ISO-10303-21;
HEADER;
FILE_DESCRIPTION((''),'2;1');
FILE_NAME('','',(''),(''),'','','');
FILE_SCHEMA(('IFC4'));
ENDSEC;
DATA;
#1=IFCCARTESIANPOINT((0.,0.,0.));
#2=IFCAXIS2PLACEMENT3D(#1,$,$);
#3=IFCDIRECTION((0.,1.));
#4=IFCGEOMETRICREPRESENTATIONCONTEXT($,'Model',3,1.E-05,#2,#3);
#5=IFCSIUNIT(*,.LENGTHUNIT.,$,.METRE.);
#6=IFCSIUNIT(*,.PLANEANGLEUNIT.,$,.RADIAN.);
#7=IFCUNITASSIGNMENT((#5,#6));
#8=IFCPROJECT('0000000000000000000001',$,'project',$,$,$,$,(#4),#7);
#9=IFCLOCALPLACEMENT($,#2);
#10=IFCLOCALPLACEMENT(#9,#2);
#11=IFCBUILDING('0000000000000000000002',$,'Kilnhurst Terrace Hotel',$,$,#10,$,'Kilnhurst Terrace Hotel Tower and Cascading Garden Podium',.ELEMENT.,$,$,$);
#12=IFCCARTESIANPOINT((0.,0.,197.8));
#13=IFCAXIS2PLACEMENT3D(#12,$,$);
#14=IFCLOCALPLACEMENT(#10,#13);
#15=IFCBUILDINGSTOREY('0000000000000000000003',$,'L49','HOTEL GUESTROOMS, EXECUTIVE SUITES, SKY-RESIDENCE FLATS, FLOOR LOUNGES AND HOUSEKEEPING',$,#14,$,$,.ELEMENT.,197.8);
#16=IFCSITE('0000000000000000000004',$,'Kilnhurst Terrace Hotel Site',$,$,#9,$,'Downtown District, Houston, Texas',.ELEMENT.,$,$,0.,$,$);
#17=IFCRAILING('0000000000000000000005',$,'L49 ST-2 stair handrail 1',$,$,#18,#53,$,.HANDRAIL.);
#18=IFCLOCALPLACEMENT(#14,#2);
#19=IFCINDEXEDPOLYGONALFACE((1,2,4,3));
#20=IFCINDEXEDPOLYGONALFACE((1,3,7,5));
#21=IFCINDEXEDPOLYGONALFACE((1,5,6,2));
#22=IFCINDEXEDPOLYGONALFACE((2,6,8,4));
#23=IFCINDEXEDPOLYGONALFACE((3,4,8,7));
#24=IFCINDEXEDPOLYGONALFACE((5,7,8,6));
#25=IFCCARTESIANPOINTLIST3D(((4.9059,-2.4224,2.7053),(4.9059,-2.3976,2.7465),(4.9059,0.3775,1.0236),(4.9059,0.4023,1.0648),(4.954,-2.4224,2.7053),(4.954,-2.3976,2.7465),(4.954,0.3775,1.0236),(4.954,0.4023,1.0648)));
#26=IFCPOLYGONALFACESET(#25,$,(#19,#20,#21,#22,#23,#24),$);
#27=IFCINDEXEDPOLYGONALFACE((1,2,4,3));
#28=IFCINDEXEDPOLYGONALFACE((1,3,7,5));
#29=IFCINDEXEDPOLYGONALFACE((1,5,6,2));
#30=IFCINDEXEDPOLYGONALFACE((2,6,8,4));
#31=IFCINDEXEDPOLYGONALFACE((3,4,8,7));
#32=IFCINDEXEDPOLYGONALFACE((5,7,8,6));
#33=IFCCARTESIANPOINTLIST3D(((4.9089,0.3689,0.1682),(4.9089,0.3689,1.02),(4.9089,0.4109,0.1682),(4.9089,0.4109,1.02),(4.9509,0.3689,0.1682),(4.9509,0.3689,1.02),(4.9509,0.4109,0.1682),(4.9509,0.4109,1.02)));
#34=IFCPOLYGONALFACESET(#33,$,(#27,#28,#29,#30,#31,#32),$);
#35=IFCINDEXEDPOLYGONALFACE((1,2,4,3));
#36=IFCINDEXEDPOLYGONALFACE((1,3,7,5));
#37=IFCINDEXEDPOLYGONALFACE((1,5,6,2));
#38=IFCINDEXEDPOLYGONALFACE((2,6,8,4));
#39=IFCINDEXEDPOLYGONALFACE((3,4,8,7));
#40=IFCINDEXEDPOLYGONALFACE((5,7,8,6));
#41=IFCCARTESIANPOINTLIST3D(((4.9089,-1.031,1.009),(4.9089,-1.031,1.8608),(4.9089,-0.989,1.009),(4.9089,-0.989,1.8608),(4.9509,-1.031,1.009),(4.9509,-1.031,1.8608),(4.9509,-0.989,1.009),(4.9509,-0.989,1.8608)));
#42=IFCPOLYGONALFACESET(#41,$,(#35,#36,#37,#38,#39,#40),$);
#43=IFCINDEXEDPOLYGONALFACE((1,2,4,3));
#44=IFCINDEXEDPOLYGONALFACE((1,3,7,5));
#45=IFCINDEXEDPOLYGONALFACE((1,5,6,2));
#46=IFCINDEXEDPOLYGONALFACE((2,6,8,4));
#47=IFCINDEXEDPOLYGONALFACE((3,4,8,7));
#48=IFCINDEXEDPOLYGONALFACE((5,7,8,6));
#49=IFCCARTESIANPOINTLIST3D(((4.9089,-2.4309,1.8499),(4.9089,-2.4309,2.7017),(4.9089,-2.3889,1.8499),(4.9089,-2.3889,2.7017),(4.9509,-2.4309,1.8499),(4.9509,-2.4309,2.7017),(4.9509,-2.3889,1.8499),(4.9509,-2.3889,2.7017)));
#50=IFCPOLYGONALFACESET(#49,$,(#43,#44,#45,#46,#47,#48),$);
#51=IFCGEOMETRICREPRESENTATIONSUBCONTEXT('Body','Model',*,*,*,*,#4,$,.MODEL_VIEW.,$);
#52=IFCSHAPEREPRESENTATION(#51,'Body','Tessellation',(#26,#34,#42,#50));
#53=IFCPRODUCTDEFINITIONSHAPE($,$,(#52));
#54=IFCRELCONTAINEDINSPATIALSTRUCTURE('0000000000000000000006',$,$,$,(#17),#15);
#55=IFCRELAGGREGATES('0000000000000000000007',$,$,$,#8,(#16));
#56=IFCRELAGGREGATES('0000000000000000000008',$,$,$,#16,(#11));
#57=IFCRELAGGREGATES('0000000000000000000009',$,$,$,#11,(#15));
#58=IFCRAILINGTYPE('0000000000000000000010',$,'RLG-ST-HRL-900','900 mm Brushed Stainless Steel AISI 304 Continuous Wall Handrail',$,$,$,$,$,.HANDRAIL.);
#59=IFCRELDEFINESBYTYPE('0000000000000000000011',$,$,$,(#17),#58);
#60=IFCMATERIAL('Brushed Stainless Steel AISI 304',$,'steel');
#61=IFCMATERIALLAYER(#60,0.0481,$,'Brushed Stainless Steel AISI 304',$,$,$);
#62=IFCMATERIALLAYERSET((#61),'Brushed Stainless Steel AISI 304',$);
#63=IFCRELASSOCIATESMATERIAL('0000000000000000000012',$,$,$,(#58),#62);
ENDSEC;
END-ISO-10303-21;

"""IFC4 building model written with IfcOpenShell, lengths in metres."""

from ifc_helpers import new_model, si_unit, direction, frame, origin, origin_2d, place, context, subcontext, project, spatial, rectangle, extrude, material, layer, layer_set, type_object, element, save


model = new_model("IFC4")

# Units and contexts
model_context = context("Model", 3, precision=1e-05, world=origin(), true_north=direction((0.0, 1.0)))
body_context = subcontext(model_context, "Body", "Model", "MODEL_VIEW")
ifc_project = project(units=[si_unit("LENGTHUNIT", "METRE"), si_unit("PLANEANGLEUNIT", "RADIAN")], contexts=[model_context])

# Site, building, storey
site_placement = place(None, origin())
site = spatial("IfcSite", under=ifc_project, at=site_placement, Name="Kilnhurst Terrace Hotel Site", LongName="Downtown District, Houston, Texas", CompositionType="ELEMENT", RefElevation=0.0)
building_placement = place(site_placement, origin())
building = spatial("IfcBuilding", under=site, at=building_placement, Name="Kilnhurst Terrace Hotel", LongName="Kilnhurst Terrace Hotel Tower and Cascading Garden Podium", CompositionType="ELEMENT")
storey_placement = place(building_placement, frame((0.0, 0.0, 197.8)))
storey = spatial("IfcBuildingStorey", under=building, at=storey_placement, Name="L49", Description="HOTEL GUESTROOMS, EXECUTIVE SUITES, SKY-RESIDENCE FLATS, FLOOR LOUNGES AND HOUSEKEEPING", CompositionType="ELEMENT", Elevation=197.8)

# Railing
ifc_material_1 = material(Name="Brushed Stainless Steel AISI 304", Category="steel")
ifc_layer_1 = layer(ifc_material_1, 0.0481, Name="Brushed Stainless Steel AISI 304")
ifc_layer_set_1 = layer_set([ifc_layer_1], Name="Brushed Stainless Steel AISI 304")
railing_type_1 = type_object("IfcRailingType", Name="RLG-ST-HRL-900", Description="900 mm Brushed Stainless Steel AISI 304 Continuous Wall Handrail", PredefinedType="HANDRAIL", material=ifc_layer_set_1)
railing_1_placement = place(storey_placement, frame((4.9299, 0.3899, 0.1682)))
element("IfcRailing", 1, at=railing_1_placement, inside=storey, type_object=railing_type_1, Name="L49 ST-2 stair handrail 1", PredefinedType="HANDRAIL", context=body_context, shape_type="SweptSolid", body=[
    extrude(rectangle(XDim=0.0481, YDim=0.0481, at=origin_2d()), frame((0.0, 0.0, 0.876), z_axis=(0.0, -0.857255, 0.514891), x_axis=(1.0, 0.0, 0.0)), (0.0, 0.0, 1.0), 3.2661),
    extrude(rectangle(XDim=0.042, YDim=0.042, at=origin_2d()), origin(), (0.0, 0.0, 1.0), 0.8518),
    extrude(rectangle(XDim=0.042, YDim=0.042, at=origin_2d()), frame((0.0, -1.3999, 0.8408)), (0.0, 0.0, 1.0), 0.8518),
    extrude(rectangle(XDim=0.042, YDim=0.042, at=origin_2d()), frame((0.0, -2.7998, 1.6816)), (0.0, 0.0, 1.0), 0.8518),
])

save(model, "model.ifc")
